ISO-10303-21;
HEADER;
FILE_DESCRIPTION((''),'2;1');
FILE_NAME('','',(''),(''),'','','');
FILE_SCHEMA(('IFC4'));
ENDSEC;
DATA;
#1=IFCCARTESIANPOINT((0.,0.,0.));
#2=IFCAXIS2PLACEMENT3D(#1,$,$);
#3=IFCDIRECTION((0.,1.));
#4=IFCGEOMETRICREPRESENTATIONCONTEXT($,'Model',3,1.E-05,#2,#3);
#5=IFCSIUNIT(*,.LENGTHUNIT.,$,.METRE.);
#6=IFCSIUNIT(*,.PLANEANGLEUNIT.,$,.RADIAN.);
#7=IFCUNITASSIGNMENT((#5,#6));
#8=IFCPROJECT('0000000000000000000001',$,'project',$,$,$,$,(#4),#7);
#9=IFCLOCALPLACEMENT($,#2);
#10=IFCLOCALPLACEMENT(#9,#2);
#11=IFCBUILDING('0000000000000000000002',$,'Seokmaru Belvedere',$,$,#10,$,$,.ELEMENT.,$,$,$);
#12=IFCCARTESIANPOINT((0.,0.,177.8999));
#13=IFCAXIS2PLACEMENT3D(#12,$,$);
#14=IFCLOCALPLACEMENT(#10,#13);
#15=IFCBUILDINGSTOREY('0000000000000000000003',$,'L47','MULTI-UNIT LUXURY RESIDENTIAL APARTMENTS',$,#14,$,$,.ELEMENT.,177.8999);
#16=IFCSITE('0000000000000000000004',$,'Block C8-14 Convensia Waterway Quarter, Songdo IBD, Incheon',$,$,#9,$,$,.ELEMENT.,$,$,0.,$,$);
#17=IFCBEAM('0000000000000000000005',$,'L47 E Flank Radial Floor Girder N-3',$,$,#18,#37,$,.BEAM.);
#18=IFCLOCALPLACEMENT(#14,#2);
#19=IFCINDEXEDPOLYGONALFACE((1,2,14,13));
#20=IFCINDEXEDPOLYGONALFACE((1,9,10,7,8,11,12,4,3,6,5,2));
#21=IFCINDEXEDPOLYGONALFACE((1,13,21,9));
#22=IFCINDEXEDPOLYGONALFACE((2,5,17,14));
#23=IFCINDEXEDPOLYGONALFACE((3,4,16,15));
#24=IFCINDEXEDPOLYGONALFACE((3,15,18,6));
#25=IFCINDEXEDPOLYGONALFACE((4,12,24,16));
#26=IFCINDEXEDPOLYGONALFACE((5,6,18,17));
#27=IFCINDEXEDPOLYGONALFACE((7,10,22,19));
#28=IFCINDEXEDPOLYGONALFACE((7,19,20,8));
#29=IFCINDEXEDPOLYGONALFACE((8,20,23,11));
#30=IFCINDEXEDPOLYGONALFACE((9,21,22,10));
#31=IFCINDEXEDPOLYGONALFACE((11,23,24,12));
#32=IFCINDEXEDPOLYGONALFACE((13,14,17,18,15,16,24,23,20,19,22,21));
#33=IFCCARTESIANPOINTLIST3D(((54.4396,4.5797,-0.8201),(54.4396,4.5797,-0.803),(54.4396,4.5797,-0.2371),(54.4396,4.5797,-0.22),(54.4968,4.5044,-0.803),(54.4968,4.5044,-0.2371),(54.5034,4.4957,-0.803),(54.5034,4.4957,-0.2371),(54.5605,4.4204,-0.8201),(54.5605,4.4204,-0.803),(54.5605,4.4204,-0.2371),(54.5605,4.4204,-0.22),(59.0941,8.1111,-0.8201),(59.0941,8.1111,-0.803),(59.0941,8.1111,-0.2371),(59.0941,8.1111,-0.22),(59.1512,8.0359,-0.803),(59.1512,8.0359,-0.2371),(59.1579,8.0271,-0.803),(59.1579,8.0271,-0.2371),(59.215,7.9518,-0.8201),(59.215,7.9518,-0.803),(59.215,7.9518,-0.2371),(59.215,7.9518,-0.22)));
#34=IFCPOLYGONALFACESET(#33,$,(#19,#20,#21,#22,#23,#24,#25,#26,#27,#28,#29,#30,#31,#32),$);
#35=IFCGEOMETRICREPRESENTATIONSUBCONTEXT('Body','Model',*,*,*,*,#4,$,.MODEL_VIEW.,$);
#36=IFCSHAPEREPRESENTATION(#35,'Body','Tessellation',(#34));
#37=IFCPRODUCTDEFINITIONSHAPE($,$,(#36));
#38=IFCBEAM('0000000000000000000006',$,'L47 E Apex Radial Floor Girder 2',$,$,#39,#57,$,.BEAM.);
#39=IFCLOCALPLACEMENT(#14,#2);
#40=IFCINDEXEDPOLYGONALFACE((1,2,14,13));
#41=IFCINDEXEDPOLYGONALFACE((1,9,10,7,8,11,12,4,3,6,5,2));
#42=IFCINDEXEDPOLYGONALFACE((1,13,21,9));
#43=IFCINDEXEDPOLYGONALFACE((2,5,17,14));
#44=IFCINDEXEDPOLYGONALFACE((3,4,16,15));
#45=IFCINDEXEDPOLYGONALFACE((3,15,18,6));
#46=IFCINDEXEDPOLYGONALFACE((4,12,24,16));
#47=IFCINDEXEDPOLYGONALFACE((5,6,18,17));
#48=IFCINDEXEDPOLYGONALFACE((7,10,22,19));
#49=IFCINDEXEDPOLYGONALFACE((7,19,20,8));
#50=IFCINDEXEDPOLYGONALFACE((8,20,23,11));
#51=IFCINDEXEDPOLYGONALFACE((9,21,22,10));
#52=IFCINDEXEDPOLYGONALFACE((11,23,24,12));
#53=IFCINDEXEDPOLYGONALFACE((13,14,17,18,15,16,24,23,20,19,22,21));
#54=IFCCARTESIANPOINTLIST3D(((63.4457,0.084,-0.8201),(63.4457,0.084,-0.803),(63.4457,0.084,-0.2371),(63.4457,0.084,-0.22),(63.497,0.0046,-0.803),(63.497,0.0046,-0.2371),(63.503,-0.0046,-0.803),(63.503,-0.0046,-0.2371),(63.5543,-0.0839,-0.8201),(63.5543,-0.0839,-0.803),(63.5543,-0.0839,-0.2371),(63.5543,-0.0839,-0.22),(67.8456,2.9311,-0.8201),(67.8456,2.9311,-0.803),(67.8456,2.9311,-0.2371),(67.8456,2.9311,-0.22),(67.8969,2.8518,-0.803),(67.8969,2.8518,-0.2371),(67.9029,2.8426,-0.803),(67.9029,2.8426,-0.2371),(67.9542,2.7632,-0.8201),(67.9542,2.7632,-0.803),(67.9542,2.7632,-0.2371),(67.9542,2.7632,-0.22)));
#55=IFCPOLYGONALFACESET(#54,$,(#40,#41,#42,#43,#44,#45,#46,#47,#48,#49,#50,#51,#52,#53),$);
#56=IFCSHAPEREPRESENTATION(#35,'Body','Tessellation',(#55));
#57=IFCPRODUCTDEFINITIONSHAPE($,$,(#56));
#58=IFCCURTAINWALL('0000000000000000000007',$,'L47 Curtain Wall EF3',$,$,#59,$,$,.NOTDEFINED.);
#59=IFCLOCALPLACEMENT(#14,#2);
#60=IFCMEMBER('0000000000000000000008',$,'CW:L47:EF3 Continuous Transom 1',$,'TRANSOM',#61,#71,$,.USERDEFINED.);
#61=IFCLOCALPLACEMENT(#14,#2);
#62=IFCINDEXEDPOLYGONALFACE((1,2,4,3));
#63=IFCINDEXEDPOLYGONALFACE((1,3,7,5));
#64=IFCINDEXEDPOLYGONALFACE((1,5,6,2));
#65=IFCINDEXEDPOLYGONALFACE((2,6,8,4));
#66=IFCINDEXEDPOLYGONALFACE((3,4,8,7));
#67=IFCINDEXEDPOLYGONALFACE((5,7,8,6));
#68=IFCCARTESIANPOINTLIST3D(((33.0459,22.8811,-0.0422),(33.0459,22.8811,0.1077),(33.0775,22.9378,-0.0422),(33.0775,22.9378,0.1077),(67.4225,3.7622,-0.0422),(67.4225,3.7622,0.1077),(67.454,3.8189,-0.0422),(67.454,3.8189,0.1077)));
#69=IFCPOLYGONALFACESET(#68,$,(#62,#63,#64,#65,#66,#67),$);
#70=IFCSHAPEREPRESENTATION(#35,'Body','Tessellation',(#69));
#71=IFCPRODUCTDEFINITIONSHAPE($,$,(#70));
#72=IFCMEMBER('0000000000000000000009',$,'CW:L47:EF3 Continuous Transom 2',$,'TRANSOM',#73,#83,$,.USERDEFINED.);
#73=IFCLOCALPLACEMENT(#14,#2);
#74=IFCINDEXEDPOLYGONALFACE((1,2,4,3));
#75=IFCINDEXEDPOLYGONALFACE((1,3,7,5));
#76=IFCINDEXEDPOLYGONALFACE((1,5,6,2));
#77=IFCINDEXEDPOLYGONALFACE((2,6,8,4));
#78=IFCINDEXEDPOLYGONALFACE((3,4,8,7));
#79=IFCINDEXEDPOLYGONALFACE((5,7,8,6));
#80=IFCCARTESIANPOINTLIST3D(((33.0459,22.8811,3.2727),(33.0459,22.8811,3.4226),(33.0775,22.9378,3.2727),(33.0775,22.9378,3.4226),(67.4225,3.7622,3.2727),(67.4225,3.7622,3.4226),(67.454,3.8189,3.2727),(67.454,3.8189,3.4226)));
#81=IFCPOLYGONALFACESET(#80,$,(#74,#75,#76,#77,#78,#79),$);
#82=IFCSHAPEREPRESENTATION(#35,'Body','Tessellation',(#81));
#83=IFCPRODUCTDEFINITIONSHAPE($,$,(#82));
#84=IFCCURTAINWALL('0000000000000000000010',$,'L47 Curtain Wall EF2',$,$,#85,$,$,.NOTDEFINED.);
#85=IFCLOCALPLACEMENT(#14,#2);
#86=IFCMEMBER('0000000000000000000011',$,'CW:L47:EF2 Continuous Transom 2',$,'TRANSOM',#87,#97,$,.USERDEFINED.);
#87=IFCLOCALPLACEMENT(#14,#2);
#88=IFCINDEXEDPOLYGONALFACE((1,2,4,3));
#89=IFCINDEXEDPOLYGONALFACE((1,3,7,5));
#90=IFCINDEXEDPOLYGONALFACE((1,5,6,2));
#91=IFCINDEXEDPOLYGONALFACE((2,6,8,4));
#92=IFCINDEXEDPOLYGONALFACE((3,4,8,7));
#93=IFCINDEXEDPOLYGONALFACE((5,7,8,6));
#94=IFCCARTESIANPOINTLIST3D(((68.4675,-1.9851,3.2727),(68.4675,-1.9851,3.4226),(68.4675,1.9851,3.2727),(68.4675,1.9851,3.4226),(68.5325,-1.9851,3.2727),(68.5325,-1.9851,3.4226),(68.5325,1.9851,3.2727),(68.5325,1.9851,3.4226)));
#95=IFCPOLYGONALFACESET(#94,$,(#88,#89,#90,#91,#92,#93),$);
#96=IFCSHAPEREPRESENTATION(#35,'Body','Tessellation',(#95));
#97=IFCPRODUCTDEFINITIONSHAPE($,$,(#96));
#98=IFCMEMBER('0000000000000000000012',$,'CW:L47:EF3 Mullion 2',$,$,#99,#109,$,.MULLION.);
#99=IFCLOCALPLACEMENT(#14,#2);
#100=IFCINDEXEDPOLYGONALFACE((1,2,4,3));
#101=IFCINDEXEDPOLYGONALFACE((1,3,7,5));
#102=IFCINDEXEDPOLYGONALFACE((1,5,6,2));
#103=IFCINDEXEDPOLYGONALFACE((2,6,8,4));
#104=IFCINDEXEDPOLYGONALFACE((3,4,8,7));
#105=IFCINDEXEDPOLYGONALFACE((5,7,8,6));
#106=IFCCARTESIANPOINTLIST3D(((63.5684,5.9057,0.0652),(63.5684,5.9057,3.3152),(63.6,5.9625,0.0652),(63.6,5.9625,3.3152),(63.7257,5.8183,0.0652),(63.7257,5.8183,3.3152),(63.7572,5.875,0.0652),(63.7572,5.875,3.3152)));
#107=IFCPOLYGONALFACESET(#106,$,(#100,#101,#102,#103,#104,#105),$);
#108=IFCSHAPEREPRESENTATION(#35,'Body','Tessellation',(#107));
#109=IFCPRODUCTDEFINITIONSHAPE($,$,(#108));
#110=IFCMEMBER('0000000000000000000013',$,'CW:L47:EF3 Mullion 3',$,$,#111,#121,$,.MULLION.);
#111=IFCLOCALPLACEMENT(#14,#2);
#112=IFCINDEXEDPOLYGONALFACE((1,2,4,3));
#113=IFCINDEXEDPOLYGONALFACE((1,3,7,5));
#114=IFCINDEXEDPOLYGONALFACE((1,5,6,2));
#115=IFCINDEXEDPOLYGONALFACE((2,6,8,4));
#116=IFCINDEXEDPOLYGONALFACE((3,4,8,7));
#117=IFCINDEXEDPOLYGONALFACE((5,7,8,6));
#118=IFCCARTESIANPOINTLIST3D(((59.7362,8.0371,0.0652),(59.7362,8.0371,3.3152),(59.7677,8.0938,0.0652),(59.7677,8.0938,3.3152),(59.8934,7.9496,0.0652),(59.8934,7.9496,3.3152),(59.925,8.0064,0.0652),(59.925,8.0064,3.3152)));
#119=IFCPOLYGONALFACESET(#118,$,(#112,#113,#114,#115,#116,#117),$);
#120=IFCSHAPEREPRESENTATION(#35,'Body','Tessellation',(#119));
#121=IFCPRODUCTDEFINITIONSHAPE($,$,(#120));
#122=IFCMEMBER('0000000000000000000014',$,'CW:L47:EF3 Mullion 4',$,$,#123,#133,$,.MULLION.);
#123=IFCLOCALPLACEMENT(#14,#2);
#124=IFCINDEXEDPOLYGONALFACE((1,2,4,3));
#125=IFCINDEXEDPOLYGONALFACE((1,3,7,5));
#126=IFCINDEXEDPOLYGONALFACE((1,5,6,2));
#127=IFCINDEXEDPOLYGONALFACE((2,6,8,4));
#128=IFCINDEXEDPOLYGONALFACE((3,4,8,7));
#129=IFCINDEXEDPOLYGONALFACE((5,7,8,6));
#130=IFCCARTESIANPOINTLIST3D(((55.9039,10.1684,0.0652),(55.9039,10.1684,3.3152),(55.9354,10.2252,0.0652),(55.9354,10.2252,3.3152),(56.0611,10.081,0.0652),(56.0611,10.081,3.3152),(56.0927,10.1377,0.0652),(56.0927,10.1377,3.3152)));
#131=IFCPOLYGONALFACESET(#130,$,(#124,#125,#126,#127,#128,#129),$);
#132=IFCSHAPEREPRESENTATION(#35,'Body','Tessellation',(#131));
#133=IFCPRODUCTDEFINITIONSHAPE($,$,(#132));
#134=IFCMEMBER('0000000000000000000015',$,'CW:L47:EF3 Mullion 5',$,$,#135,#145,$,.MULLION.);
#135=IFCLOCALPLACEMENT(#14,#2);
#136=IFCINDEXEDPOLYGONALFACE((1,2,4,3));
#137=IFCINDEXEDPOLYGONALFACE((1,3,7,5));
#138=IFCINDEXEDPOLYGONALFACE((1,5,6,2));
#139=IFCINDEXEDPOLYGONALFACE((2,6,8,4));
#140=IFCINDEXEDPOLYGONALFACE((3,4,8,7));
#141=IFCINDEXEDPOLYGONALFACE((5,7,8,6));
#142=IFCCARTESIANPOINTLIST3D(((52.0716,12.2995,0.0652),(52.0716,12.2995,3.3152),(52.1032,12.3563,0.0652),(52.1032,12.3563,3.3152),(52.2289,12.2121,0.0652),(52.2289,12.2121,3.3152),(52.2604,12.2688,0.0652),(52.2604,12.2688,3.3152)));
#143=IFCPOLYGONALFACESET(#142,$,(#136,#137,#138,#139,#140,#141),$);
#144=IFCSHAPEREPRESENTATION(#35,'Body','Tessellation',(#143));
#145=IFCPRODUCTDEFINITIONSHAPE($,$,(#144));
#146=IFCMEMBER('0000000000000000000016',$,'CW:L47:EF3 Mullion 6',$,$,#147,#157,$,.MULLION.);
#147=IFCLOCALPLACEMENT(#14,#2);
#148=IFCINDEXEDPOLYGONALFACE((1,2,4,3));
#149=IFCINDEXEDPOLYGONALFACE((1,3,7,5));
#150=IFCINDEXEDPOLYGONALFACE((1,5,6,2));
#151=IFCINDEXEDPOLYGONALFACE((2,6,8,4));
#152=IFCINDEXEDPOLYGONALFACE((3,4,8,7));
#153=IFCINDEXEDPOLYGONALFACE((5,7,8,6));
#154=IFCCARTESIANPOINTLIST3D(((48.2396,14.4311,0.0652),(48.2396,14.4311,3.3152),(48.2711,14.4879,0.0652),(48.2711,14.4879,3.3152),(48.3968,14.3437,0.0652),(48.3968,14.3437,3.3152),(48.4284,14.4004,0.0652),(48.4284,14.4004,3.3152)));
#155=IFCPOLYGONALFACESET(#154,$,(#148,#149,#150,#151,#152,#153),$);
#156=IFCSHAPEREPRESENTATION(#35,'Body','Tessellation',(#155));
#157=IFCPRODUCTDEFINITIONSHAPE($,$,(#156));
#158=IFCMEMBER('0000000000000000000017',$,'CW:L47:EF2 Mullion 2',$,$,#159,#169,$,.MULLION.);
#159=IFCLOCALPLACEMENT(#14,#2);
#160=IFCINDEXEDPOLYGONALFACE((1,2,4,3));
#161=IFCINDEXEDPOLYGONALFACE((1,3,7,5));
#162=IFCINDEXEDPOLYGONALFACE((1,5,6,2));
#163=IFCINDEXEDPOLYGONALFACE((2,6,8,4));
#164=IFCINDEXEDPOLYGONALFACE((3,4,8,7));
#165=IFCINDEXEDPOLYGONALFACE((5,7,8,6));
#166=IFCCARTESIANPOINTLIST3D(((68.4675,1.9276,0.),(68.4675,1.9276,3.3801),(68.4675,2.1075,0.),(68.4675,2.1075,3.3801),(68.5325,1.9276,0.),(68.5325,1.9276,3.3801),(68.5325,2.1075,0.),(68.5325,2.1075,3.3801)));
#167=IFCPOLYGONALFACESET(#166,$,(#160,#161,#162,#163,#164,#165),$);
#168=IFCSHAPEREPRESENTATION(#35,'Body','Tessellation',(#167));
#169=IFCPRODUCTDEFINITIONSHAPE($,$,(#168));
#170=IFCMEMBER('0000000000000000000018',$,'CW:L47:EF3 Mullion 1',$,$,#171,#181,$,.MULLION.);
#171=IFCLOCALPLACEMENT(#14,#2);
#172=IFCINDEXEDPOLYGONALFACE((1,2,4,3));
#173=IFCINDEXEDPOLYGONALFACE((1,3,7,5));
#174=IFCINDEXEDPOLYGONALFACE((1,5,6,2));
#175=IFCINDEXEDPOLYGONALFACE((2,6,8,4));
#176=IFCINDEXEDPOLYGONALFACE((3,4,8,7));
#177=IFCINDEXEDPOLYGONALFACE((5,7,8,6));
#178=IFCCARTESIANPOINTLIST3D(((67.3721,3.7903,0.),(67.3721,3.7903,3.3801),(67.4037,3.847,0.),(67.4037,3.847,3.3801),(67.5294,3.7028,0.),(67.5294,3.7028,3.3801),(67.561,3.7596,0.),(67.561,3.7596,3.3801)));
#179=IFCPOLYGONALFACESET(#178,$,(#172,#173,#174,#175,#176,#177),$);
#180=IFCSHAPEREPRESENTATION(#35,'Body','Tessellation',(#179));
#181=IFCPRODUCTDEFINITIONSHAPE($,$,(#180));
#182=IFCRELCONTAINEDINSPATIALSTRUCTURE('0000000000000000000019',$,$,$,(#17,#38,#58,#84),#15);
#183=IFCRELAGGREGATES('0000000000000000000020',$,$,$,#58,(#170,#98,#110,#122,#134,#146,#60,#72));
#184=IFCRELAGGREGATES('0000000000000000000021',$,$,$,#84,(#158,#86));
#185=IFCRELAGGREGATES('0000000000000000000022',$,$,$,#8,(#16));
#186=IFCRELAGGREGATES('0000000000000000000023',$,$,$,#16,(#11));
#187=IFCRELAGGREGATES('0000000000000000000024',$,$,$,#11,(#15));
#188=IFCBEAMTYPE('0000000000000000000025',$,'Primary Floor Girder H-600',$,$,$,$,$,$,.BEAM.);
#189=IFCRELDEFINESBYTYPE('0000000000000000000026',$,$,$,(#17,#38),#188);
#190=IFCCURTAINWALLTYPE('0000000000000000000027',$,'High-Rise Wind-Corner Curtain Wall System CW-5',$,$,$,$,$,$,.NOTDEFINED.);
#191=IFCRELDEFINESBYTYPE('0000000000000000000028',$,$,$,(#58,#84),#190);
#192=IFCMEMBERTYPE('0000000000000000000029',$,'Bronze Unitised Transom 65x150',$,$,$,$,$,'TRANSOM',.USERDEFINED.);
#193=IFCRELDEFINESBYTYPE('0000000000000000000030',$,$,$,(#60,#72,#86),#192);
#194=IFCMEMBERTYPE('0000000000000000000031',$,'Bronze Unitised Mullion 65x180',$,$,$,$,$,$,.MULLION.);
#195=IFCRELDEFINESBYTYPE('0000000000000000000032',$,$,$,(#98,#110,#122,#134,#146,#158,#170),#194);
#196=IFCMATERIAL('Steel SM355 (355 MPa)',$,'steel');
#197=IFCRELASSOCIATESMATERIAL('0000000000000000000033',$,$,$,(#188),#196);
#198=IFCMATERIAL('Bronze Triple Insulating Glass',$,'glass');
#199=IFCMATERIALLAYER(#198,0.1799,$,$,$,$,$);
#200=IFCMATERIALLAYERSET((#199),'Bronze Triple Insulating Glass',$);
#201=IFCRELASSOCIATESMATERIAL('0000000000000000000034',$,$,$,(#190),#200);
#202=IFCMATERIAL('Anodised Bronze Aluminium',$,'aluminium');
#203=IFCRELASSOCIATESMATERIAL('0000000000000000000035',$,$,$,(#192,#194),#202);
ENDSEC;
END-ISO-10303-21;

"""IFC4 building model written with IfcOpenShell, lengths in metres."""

from ifc_helpers import new_model, si_unit, direction, frame, origin, origin_2d, place, context, subcontext, project, spatial, rectangle, i_section, extrude, source, transform, mapped, material, layer, layer_set, material_profile, profile_set, type_object, type_shapes, element, aggregate, save


model = new_model("IFC4")

# Units and contexts
model_context = context("Model", 3, precision=1e-05, world=origin(), true_north=direction((0.0, 1.0)))
body_context = subcontext(model_context, "Body", "Model", "MODEL_VIEW")
ifc_project = project(units=[si_unit("LENGTHUNIT", "METRE"), si_unit("PLANEANGLEUNIT", "RADIAN")], contexts=[model_context])

# Site, building, storey
site_placement = place(None, origin())
site = spatial("IfcSite", under=ifc_project, at=site_placement, Name="Block C8-14 Convensia Waterway Quarter, Songdo IBD, Incheon", CompositionType="ELEMENT", RefElevation=0.0)
building_placement = place(site_placement, origin())
building = spatial("IfcBuilding", under=site, at=building_placement, Name="Seokmaru Belvedere", CompositionType="ELEMENT")
storey_placement = place(building_placement, frame((0.0, 0.0, 177.8999)))
storey = spatial("IfcBuildingStorey", under=building, at=storey_placement, Name="L47", Description="MULTI-UNIT LUXURY RESIDENTIAL APARTMENTS", CompositionType="ELEMENT", Elevation=177.8999)

# Shared definitions
ifc_material_1 = material(Name="Steel SM355 (355 MPa)", Category="steel")

# Beams
ifc_material_profile_1 = material_profile(ifc_material_1, i_section(OverallWidth=0.2, OverallDepth=0.6001, WebThickness=0.011, FlangeThickness=0.0171, at=origin_2d()), Name="H-600x200x11x17")
ifc_profile_set_1 = profile_set([ifc_material_profile_1], Name="Steel SM355 (355 MPa)")
beam_type_1 = type_object("IfcBeamType", Name="Primary Floor Girder H-600", PredefinedType="BEAM", material=ifc_profile_set_1)
shared_shape_1 = source(origin(), body_context, "Body", "SweptSolid", [
    extrude(i_section(OverallWidth=0.2, OverallDepth=0.6001, WebThickness=0.011, FlangeThickness=0.0171, at=origin_2d()), origin(), (0.0, 0.0, 1.0), 5.8425),
])
beam_1_placement = place(storey_placement, frame((59.1545, 8.0315, -0.52), z_axis=(-0.796653, -0.604437, 0.0), x_axis=(0.604437, -0.796653, 0.0)))
element("IfcBeam", 1, at=beam_1_placement, inside=storey, type_object=beam_type_1, Name="L47 E Flank Radial Floor Girder N-3", PredefinedType="BEAM", context=body_context, shape_type="MappedRepresentation", body=[
    mapped(shared_shape_1, transform((0.0, 0.0, 0.0), scale=1.0)),
])
shared_shape_2 = source(origin(), body_context, "Body", "SweptSolid", [
    extrude(i_section(OverallWidth=0.2, OverallDepth=0.6001, WebThickness=0.011, FlangeThickness=0.0171, at=origin_2d()), origin(), (0.0, 0.0, 1.0), 5.2407),
])
beam_2_placement = place(storey_placement, frame((67.8999, 2.8472, -0.52), z_axis=(-0.839555, -0.543274, 0.0), x_axis=(0.543274, -0.839555, 0.0)))
element("IfcBeam", 2, at=beam_2_placement, inside=storey, type_object=beam_type_1, Name="L47 E Apex Radial Floor Girder 2", PredefinedType="BEAM", context=body_context, shape_type="MappedRepresentation", body=[
    mapped(shared_shape_2, transform((0.0, 0.0, 0.0), scale=1.0)),
])

# Curtain wall, members
ifc_material_2 = material(Name="Bronze Triple Insulating Glass", Category="glass")
ifc_layer_1 = layer(ifc_material_2, 0.1799)
ifc_layer_set_1 = layer_set([ifc_layer_1], Name="Bronze Triple Insulating Glass")
curtain_wall_type = type_object("IfcCurtainWallType", Name="High-Rise Wind-Corner Curtain Wall System CW-5", PredefinedType="NOTDEFINED", material=ifc_layer_set_1)
curtain_wall_1_placement = place(storey_placement, origin())
curtain_wall_1 = element("IfcCurtainWall", 3, at=curtain_wall_1_placement, inside=storey, type_object=curtain_wall_type, Name="L47 Curtain Wall EF3", PredefinedType="NOTDEFINED")
ifc_material_3 = material(Name="Anodised Bronze Aluminium", Category="aluminium")
ifc_material_profile_2 = material_profile(ifc_material_3, rectangle(XDim=0.0649, YDim=0.1499, at=origin_2d()), Name="CW-T-65x150")
ifc_profile_set_2 = profile_set([ifc_material_profile_2], Name="Anodised Bronze Aluminium")
member_type_1 = type_object("IfcMemberType", Name="Bronze Unitised Transom 65x150", ElementType="TRANSOM", PredefinedType="USERDEFINED", material=ifc_profile_set_2)
shared_shape_3 = source(origin(), body_context, "Body", "SweptSolid", [
    extrude(rectangle(XDim=0.0649, YDim=0.1499, at=origin_2d()), origin(), (0.0, 0.0, 1.0), 39.3354),
])
member_1_placement = place(storey_placement, frame((67.4382, 3.7905, 0.0327), z_axis=(-0.873932, 0.486048, 0.0), x_axis=(-0.486048, -0.873932, 0.0)))
member_1 = element("IfcMember", 4, at=member_1_placement, type_object=member_type_1, Name="CW:L47:EF3 Continuous Transom 1", ObjectType="TRANSOM", PredefinedType="USERDEFINED", context=body_context, shape_type="MappedRepresentation", body=[
    mapped(shared_shape_3, transform((0.0, 0.0, 0.0), scale=1.0)),
])
member_2_placement = place(storey_placement, frame((67.4382, 3.7905, 3.3477), z_axis=(-0.873932, 0.486048, 0.0), x_axis=(-0.486048, -0.873932, 0.0)))
member_2 = element("IfcMember", 5, at=member_2_placement, type_object=member_type_1, Name="CW:L47:EF3 Continuous Transom 2", ObjectType="TRANSOM", PredefinedType="USERDEFINED", context=body_context, shape_type="MappedRepresentation", body=[
    mapped(shared_shape_3, transform((0.0, 0.0, 0.0), scale=1.0)),
])

# Curtain wall, member
curtain_wall_2_placement = place(storey_placement, origin())
curtain_wall_2 = element("IfcCurtainWall", 6, at=curtain_wall_2_placement, inside=storey, type_object=curtain_wall_type, Name="L47 Curtain Wall EF2", PredefinedType="NOTDEFINED")
shared_shape_4 = source(origin(), body_context, "Body", "SweptSolid", [
    extrude(rectangle(XDim=0.0649, YDim=0.1499, at=origin_2d()), origin(), (0.0, 0.0, 1.0), 3.9702),
])
type_shapes(member_type_1, [shared_shape_3, shared_shape_4])
member_3_placement = place(storey_placement, frame((68.5, -1.9851, 3.3477), z_axis=(0.0, 1.0, 0.0), x_axis=(-1.0, 0.0, 0.0)))
member_3 = element("IfcMember", 7, at=member_3_placement, type_object=member_type_1, Name="CW:L47:EF2 Continuous Transom 2", ObjectType="TRANSOM", PredefinedType="USERDEFINED", context=body_context, shape_type="MappedRepresentation", body=[
    mapped(shared_shape_4, transform((0.0, 0.0, 0.0), scale=1.0)),
])

# Members
ifc_material_profile_3 = material_profile(ifc_material_3, rectangle(XDim=0.0649, YDim=0.1799, at=origin_2d()), Name="CW-M-65x180")
ifc_profile_set_3 = profile_set([ifc_material_profile_3], Name="Anodised Bronze Aluminium")
member_type_2 = type_object("IfcMemberType", Name="Bronze Unitised Mullion 65x180", PredefinedType="MULLION", material=ifc_profile_set_3)
shared_shape_5 = source(origin(), body_context, "Body", "SweptSolid", [
    extrude(rectangle(XDim=0.0649, YDim=0.1799, at=origin_2d()), origin(), (0.0, 0.0, 1.0), 3.25),
])
member_4_placement = place(storey_placement, frame((63.6628, 5.8904, 0.0652), z_axis=(0.0, 0.0, 1.0), x_axis=(-0.486047, -0.873933, 0.0)))
member_4 = element("IfcMember", 8, at=member_4_placement, type_object=member_type_2, Name="CW:L47:EF3 Mullion 2", PredefinedType="MULLION", context=body_context, shape_type="MappedRepresentation", body=[
    mapped(shared_shape_5, transform((0.0, 0.0, 0.0), scale=1.0)),
])
member_5_placement = place(storey_placement, frame((59.8306, 8.0217, 0.0652), z_axis=(0.0, 0.0, 1.0), x_axis=(-0.486047, -0.873933, 0.0)))
member_5 = element("IfcMember", 9, at=member_5_placement, type_object=member_type_2, Name="CW:L47:EF3 Mullion 3", PredefinedType="MULLION", context=body_context, shape_type="MappedRepresentation", body=[
    mapped(shared_shape_5, transform((0.0, 0.0, 0.0), scale=1.0)),
])
member_6_placement = place(storey_placement, frame((55.9983, 10.1531, 0.0652), z_axis=(0.0, 0.0, 1.0), x_axis=(-0.486047, -0.873933, 0.0)))
member_6 = element("IfcMember", 10, at=member_6_placement, type_object=member_type_2, Name="CW:L47:EF3 Mullion 4", PredefinedType="MULLION", context=body_context, shape_type="MappedRepresentation", body=[
    mapped(shared_shape_5, transform((0.0, 0.0, 0.0), scale=1.0)),
])
member_7_placement = place(storey_placement, frame((52.166, 12.2842, 0.0652), z_axis=(0.0, 0.0, 1.0), x_axis=(-0.486047, -0.873933, 0.0)))
member_7 = element("IfcMember", 11, at=member_7_placement, type_object=member_type_2, Name="CW:L47:EF3 Mullion 5", PredefinedType="MULLION", context=body_context, shape_type="MappedRepresentation", body=[
    mapped(shared_shape_5, transform((0.0, 0.0, 0.0), scale=1.0)),
])
member_8_placement = place(storey_placement, frame((48.334, 14.4158, 0.0652), z_axis=(0.0, 0.0, 1.0), x_axis=(-0.486047, -0.873933, 0.0)))
member_8 = element("IfcMember", 12, at=member_8_placement, type_object=member_type_2, Name="CW:L47:EF3 Mullion 6", PredefinedType="MULLION", context=body_context, shape_type="MappedRepresentation", body=[
    mapped(shared_shape_5, transform((0.0, 0.0, 0.0), scale=1.0)),
])
shared_shape_6 = source(origin(), body_context, "Body", "SweptSolid", [
    extrude(rectangle(XDim=0.0649, YDim=0.1799, at=origin_2d()), origin(), (0.0, 0.0, 1.0), 3.3801),
])
type_shapes(member_type_2, [shared_shape_5, shared_shape_6])
member_9_placement = place(storey_placement, frame((68.5, 2.0176, 0.0), z_axis=(0.0, 0.0, 1.0), x_axis=(-1.0, 0.0, 0.0)))
member_9 = element("IfcMember", 13, at=member_9_placement, type_object=member_type_2, Name="CW:L47:EF2 Mullion 2", PredefinedType="MULLION", context=body_context, shape_type="MappedRepresentation", body=[
    mapped(shared_shape_6, transform((0.0, 0.0, 0.0), scale=1.0)),
])
member_10_placement = place(storey_placement, frame((67.4666, 3.7749, 0.0), z_axis=(0.0, 0.0, 1.0), x_axis=(-0.486047, -0.873933, 0.0)))
member_10 = element("IfcMember", 14, at=member_10_placement, type_object=member_type_2, Name="CW:L47:EF3 Mullion 1", PredefinedType="MULLION", context=body_context, shape_type="MappedRepresentation", body=[
    mapped(shared_shape_6, transform((0.0, 0.0, 0.0), scale=1.0)),
])

aggregate(curtain_wall_1, [member_10, member_4, member_5, member_6, member_7, member_8, member_1, member_2])
aggregate(curtain_wall_2, [member_9, member_3])

save(model, "model.ifc")
